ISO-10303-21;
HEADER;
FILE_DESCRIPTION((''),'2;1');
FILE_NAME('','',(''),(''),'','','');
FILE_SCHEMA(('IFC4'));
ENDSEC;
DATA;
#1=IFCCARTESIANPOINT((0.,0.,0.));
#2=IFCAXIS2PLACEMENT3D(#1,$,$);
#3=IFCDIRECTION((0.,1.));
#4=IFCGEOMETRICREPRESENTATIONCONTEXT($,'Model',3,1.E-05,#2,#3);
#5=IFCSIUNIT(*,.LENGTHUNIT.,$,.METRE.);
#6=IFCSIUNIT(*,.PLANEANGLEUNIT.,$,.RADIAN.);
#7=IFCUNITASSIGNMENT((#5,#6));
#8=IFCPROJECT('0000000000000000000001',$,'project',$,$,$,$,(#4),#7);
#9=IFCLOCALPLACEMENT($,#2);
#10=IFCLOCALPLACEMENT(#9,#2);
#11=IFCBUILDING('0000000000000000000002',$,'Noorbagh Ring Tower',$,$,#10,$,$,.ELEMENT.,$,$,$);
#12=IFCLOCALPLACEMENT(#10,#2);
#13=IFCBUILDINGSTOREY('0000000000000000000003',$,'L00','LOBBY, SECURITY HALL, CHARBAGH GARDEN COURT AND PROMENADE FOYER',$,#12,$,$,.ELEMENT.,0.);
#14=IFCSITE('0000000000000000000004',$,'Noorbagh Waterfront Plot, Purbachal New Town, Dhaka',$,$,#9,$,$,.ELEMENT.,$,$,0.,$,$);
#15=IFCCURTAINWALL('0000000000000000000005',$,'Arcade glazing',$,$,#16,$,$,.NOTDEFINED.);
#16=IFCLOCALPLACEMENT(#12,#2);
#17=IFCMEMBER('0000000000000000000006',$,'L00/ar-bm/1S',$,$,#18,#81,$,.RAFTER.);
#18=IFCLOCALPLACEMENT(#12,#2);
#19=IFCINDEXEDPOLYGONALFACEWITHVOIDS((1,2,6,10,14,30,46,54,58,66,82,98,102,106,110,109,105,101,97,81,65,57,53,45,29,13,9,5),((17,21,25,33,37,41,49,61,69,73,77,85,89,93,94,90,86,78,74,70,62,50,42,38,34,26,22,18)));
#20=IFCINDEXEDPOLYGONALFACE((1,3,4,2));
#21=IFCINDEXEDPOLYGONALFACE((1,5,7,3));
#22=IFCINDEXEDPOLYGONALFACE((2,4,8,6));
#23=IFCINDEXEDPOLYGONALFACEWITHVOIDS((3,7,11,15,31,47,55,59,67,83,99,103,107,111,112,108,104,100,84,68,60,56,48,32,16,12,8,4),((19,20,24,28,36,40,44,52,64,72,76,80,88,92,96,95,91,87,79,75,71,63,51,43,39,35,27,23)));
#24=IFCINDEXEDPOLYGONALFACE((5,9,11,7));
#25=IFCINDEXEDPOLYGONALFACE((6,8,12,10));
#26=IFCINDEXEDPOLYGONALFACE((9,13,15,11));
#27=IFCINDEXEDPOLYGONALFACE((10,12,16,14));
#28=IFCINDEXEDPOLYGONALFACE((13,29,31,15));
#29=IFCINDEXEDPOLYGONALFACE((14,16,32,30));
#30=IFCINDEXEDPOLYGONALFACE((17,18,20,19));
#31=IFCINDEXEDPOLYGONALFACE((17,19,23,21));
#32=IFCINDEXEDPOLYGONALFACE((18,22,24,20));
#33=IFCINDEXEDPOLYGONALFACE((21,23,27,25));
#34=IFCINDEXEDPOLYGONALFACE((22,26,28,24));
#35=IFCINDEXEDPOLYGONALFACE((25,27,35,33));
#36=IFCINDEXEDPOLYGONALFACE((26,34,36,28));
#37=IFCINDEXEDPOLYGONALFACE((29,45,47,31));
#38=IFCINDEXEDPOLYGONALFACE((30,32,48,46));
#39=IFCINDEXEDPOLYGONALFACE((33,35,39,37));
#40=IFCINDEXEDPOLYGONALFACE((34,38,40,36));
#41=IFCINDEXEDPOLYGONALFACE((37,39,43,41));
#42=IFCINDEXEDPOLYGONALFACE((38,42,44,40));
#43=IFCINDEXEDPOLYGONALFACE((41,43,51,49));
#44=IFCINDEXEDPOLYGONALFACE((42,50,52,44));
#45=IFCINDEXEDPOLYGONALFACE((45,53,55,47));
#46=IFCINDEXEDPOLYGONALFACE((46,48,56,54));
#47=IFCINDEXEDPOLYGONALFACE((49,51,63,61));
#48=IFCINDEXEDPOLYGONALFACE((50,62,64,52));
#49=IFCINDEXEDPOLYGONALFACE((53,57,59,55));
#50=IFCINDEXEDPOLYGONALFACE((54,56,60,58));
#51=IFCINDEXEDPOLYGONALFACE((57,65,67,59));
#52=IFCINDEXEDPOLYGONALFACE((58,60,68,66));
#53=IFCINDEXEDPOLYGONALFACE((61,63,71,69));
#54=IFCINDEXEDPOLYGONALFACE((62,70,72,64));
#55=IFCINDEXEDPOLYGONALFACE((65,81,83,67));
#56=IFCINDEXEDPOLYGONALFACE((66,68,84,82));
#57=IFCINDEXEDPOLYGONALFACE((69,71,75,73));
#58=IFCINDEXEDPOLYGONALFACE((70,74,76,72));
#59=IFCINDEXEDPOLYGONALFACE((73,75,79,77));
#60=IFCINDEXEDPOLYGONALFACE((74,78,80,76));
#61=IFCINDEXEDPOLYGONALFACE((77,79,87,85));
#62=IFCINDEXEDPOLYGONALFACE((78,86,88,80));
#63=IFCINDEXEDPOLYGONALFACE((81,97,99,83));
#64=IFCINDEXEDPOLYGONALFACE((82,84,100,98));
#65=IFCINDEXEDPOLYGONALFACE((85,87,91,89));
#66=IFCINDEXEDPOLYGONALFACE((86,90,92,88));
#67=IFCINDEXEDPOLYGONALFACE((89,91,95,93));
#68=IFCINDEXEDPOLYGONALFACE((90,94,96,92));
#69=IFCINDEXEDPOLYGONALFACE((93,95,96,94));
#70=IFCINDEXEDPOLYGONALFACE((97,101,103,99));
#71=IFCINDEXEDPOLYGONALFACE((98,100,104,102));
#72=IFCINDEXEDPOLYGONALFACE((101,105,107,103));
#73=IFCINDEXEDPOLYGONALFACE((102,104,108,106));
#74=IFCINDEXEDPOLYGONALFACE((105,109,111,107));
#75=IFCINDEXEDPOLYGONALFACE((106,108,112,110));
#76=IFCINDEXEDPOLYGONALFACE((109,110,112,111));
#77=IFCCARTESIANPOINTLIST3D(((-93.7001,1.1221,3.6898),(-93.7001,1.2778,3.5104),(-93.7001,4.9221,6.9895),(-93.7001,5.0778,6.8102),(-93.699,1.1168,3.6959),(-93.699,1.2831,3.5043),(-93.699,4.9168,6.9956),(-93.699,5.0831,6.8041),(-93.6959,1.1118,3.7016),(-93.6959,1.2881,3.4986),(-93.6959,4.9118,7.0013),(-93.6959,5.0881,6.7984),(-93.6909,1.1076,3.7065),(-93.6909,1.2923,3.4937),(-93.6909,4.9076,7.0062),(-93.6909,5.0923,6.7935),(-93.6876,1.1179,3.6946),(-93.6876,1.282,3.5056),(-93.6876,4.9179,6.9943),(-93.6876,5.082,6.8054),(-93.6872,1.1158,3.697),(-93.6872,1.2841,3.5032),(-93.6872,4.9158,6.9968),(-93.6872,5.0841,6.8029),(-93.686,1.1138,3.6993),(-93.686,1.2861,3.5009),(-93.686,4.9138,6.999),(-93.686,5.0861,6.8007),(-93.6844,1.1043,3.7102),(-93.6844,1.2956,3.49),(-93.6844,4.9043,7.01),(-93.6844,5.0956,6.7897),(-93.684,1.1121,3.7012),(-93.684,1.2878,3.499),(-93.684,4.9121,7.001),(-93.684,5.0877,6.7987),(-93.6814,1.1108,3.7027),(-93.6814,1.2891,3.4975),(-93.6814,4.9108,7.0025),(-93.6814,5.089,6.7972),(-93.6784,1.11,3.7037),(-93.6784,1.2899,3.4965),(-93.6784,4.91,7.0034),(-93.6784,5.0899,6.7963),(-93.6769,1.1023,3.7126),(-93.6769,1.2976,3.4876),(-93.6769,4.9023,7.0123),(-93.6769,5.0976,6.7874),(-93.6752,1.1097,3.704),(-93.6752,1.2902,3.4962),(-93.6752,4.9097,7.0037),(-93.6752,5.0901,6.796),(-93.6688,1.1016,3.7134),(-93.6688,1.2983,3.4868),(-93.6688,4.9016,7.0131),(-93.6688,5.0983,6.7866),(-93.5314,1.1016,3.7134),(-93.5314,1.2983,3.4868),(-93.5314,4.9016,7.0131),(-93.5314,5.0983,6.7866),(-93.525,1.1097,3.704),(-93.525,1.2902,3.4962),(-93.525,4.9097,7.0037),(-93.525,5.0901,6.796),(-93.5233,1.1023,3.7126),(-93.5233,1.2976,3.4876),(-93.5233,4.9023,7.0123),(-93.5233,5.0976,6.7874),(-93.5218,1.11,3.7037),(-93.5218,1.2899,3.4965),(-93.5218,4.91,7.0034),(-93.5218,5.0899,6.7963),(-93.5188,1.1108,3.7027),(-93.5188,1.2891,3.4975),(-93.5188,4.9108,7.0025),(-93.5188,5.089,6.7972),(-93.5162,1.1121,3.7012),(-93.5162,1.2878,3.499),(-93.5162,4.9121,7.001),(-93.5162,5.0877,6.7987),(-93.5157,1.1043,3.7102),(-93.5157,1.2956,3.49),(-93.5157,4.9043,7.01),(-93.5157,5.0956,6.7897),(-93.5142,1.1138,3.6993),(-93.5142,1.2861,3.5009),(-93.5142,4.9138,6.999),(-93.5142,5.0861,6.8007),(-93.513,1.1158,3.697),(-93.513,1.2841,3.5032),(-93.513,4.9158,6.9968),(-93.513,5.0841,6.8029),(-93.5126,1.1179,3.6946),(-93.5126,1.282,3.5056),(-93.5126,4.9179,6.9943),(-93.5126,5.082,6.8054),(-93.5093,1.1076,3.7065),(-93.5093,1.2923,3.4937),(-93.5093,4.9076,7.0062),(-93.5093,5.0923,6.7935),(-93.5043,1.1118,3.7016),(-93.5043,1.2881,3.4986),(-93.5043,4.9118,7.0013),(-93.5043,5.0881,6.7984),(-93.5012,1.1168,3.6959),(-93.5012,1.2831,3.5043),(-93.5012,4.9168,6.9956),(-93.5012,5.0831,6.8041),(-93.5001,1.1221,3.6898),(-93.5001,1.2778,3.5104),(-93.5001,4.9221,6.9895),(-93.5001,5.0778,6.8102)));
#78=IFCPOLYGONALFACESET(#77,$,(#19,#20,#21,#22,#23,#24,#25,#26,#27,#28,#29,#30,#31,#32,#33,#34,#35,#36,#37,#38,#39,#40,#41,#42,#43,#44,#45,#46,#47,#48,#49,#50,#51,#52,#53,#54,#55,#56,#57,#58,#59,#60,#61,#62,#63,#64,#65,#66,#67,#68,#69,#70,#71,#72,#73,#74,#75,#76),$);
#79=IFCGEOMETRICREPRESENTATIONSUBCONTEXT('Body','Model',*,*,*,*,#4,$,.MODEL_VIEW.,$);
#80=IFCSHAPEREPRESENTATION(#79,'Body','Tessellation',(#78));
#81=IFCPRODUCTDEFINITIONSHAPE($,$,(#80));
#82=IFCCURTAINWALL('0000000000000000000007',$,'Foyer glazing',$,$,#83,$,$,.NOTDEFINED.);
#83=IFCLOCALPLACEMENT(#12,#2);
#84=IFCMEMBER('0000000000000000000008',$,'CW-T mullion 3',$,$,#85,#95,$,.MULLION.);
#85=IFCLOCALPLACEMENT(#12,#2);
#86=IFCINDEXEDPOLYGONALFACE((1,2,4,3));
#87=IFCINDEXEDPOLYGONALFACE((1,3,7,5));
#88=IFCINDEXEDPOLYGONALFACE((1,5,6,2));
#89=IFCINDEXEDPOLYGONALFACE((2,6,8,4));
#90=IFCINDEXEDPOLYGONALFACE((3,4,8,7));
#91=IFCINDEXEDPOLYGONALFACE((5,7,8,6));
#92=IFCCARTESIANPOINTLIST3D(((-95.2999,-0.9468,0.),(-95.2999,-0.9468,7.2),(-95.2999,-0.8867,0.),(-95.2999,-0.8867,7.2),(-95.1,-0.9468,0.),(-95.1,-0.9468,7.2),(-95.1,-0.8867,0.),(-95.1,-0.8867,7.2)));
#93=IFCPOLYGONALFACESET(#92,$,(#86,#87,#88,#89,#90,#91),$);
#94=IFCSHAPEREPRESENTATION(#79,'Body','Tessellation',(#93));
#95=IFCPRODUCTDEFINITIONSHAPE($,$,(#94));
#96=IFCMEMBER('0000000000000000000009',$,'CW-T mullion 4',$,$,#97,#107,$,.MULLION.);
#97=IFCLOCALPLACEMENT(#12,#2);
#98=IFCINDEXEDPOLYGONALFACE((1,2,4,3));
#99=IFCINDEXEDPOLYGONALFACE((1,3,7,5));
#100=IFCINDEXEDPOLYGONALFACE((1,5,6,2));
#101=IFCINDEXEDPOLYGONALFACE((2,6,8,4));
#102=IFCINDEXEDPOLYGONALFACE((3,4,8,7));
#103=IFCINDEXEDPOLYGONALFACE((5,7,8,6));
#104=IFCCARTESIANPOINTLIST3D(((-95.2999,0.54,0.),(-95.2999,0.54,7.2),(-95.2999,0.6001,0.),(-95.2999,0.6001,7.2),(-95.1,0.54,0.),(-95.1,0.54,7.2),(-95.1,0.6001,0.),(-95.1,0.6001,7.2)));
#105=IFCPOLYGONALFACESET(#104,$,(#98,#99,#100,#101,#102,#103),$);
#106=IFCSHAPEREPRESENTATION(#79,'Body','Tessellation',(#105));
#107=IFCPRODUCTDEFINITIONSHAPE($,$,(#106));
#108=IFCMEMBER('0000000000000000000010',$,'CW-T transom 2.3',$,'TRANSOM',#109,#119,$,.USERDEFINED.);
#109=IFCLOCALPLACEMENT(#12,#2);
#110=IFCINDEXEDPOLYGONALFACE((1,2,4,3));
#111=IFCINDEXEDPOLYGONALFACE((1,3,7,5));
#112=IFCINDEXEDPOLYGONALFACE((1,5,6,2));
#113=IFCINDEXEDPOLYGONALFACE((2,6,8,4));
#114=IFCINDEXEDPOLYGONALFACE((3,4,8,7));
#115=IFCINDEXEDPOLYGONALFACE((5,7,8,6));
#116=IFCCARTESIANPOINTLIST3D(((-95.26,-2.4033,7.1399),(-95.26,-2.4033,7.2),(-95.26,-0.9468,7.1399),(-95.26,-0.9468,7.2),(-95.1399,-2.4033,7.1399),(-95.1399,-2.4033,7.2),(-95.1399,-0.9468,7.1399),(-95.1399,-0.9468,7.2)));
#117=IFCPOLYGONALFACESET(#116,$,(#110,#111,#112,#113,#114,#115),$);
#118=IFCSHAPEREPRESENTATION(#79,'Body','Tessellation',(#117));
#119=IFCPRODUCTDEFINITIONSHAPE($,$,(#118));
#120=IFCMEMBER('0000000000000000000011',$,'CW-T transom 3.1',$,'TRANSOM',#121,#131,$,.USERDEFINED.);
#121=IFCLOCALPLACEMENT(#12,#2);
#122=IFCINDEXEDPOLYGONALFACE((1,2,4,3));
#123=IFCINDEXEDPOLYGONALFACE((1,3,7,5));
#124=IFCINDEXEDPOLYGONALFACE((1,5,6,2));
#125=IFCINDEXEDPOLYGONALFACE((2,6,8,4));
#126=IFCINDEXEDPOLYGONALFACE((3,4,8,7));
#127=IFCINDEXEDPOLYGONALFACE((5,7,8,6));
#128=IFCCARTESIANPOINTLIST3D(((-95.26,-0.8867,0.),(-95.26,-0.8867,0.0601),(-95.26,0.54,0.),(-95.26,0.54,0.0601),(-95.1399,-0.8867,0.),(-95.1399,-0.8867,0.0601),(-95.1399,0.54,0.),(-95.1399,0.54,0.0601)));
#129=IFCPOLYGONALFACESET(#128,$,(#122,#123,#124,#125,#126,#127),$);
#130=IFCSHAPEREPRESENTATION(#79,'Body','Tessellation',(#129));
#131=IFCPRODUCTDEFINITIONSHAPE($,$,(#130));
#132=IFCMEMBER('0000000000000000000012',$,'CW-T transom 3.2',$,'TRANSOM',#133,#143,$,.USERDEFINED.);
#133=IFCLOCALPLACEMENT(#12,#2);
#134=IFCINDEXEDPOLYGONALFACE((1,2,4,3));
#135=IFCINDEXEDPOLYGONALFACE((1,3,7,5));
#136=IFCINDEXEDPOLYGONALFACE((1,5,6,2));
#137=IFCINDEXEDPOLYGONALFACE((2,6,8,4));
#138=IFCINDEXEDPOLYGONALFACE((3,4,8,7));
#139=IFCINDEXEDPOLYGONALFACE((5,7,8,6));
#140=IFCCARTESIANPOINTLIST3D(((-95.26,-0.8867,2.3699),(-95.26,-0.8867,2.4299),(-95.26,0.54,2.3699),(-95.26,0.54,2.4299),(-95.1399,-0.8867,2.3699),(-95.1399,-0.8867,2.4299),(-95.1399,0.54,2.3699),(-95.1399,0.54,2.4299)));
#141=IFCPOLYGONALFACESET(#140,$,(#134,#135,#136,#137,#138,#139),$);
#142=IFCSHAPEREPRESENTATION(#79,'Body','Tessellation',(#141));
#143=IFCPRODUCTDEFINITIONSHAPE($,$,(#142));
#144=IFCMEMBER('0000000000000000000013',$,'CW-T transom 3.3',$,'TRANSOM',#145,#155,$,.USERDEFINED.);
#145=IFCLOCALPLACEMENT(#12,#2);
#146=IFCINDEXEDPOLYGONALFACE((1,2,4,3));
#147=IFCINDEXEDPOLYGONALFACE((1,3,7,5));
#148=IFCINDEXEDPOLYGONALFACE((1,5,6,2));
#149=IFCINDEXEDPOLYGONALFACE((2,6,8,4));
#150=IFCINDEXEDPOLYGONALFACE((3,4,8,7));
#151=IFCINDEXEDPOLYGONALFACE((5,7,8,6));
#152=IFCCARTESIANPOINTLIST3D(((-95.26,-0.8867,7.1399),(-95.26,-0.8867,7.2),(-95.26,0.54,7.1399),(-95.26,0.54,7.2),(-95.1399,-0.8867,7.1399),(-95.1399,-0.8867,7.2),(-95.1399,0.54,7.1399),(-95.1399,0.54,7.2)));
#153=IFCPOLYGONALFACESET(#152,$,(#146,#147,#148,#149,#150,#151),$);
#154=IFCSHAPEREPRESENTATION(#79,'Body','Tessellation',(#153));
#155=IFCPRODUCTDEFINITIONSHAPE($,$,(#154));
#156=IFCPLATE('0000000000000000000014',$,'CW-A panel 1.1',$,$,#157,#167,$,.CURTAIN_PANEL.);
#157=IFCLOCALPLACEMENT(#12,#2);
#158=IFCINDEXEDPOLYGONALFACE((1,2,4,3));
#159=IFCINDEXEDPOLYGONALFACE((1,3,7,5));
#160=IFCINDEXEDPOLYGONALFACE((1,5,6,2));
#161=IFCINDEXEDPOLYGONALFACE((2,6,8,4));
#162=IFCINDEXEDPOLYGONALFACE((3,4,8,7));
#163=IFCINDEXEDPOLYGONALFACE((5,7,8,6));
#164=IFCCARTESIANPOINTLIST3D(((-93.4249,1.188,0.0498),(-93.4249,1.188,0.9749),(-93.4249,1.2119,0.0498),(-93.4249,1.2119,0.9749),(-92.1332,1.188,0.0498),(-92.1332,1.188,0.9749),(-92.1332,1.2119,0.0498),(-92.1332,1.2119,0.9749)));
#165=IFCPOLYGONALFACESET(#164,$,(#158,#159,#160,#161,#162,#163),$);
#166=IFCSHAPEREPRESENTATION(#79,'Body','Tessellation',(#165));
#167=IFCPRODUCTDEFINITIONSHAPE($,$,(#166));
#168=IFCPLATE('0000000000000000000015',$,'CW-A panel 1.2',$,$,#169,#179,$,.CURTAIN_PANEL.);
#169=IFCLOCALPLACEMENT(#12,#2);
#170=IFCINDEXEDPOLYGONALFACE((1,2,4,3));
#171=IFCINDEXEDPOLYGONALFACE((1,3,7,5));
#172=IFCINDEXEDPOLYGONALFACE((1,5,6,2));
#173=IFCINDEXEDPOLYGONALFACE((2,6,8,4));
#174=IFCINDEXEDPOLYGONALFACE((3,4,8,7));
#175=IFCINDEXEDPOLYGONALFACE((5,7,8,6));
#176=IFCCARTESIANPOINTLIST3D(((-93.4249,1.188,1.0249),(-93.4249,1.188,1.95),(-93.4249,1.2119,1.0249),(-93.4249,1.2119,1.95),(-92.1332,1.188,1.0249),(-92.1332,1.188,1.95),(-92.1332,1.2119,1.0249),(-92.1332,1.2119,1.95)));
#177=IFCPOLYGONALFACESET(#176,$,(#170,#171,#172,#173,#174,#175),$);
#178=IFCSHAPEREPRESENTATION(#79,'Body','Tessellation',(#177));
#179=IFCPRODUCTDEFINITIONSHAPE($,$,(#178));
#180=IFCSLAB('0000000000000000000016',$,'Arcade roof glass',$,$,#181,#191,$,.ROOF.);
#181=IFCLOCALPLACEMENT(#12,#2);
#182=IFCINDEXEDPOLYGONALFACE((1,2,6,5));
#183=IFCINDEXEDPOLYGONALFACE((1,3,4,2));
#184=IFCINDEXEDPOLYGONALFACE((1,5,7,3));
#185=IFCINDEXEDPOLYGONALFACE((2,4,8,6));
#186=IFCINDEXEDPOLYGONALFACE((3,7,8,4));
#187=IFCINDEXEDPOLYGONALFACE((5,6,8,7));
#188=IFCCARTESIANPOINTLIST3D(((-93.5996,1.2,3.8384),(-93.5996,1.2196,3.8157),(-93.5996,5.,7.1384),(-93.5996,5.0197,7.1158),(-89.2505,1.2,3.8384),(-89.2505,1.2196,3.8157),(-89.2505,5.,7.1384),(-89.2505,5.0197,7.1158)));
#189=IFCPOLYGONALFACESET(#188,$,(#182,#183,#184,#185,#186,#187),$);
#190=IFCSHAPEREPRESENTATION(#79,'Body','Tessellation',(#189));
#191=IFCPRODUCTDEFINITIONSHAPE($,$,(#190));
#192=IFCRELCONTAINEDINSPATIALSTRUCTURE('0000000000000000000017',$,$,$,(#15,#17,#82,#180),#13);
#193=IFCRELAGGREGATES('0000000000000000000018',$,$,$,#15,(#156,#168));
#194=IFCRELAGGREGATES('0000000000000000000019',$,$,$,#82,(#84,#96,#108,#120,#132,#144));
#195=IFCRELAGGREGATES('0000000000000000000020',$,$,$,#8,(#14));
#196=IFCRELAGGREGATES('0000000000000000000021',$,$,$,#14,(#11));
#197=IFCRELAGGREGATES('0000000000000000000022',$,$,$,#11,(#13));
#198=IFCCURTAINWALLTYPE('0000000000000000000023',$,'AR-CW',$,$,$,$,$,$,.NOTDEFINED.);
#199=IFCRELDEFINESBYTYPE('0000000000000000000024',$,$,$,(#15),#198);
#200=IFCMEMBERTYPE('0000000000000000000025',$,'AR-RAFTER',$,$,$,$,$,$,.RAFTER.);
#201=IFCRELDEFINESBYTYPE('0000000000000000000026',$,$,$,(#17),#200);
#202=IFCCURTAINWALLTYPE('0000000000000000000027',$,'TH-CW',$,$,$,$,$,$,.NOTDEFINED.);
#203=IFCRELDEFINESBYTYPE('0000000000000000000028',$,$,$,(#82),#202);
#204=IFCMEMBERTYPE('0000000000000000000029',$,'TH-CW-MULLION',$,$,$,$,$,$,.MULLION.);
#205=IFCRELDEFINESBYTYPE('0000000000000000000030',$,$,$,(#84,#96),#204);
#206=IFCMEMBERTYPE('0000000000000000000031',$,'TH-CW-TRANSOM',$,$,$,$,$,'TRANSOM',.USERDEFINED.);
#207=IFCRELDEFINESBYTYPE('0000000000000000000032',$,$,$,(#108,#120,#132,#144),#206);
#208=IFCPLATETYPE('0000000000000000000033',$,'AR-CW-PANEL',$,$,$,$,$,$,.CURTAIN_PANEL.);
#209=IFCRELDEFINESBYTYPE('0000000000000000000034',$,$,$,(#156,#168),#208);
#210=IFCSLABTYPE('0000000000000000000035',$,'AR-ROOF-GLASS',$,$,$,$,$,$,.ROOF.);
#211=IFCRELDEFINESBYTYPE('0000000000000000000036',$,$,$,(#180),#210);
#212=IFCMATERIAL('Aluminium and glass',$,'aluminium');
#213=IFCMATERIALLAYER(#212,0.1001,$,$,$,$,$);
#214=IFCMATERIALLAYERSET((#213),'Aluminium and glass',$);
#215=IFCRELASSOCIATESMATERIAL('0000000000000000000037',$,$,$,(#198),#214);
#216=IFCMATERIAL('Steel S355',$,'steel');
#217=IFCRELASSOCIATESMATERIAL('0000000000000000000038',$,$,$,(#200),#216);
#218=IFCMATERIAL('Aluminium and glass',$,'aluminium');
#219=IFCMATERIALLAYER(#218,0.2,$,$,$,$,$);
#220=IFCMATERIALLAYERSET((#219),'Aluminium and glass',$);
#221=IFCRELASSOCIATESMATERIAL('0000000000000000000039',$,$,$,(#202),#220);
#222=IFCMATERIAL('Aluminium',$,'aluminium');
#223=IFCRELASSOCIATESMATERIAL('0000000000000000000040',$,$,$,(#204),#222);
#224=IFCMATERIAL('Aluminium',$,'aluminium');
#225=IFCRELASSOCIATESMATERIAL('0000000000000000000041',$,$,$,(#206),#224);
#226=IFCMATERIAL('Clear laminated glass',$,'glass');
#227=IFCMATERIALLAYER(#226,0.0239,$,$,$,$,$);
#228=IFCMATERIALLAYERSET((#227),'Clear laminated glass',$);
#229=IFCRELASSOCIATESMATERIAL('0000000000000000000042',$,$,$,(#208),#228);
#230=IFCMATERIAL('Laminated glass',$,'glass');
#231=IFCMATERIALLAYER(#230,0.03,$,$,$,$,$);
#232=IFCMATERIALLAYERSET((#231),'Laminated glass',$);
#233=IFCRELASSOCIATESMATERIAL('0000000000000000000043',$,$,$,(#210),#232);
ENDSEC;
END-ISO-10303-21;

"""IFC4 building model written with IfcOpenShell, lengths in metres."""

from ifc_helpers import new_model, si_unit, direction, frame, origin, origin_2d, place, context, subcontext, project, spatial, polyline, rectangle, hollow_rectangle, outline, extrude, material, layer, layer_set, material_profile, profile_set, type_object, element, aggregate, save


model = new_model("IFC4")

# Units and contexts
model_context = context("Model", 3, precision=1e-05, world=origin(), true_north=direction((0.0, 1.0)))
body_context = subcontext(model_context, "Body", "Model", "MODEL_VIEW")
ifc_project = project(units=[si_unit("LENGTHUNIT", "METRE"), si_unit("PLANEANGLEUNIT", "RADIAN")], contexts=[model_context])

# Site, building, storey
site_placement = place(None, origin())
site = spatial("IfcSite", under=ifc_project, at=site_placement, Name="Noorbagh Waterfront Plot, Purbachal New Town, Dhaka", CompositionType="ELEMENT", RefElevation=0.0)
building_placement = place(site_placement, origin())
building = spatial("IfcBuilding", under=site, at=building_placement, Name="Noorbagh Ring Tower", CompositionType="ELEMENT")
storey_placement = place(building_placement, origin())
storey = spatial("IfcBuildingStorey", under=building, at=storey_placement, Name="L00", Description="LOBBY, SECURITY HALL, CHARBAGH GARDEN COURT AND PROMENADE FOYER", CompositionType="ELEMENT", Elevation=0.0)

# Curtain wall
ifc_material_1 = material(Name="Aluminium and glass", Category="aluminium")
ifc_layer_1 = layer(ifc_material_1, 0.1001)
ifc_layer_set_1 = layer_set([ifc_layer_1], Name="Aluminium and glass")
curtain_wall_type_1 = type_object("IfcCurtainWallType", Name="AR-CW", PredefinedType="NOTDEFINED", material=ifc_layer_set_1)
curtain_wall_1_placement = place(storey_placement, origin())
curtain_wall_1 = element("IfcCurtainWall", 1, at=curtain_wall_1_placement, inside=storey, type_object=curtain_wall_type_1, Name="Arcade glazing", PredefinedType="NOTDEFINED")

# Member
ifc_material_2 = material(Name="Steel S355", Category="steel")
ifc_material_profile_1 = material_profile(ifc_material_2, hollow_rectangle(XDim=0.2, YDim=0.3, WallThickness=0.0125, InnerFilletRadius=0.0125, OuterFilletRadius=0.0312, at=origin_2d()), Name="RHS300x200x12.5")
ifc_profile_set_1 = profile_set([ifc_material_profile_1], Name="Steel S355")
member_type_1 = type_object("IfcMemberType", Name="AR-RAFTER", PredefinedType="RAFTER", material=ifc_profile_set_1)
member_1_placement = place(storey_placement, frame((-93.6001, 1.2, 3.6001), z_axis=(0.0, 0.755057, 0.65566), x_axis=(-1.0, 0.0, 0.0)))
element("IfcMember", 2, at=member_1_placement, inside=storey, type_object=member_type_1, Name="L00/ar-bm/1S", PredefinedType="RAFTER", context=body_context, shape_type="SweptSolid", body=[
    extrude(hollow_rectangle(XDim=0.2, YDim=0.3, WallThickness=0.0125, InnerFilletRadius=0.0125, OuterFilletRadius=0.0312, at=origin_2d()), origin(), (0.0, 0.0, 1.0), 5.0327),
])

# Curtain wall, members
ifc_material_3 = material(Name="Aluminium and glass", Category="aluminium")
ifc_layer_2 = layer(ifc_material_3, 0.2)
ifc_layer_set_2 = layer_set([ifc_layer_2], Name="Aluminium and glass")
curtain_wall_type_2 = type_object("IfcCurtainWallType", Name="TH-CW", PredefinedType="NOTDEFINED", material=ifc_layer_set_2)
curtain_wall_2_placement = place(storey_placement, origin())
curtain_wall_2 = element("IfcCurtainWall", 3, at=curtain_wall_2_placement, inside=storey, type_object=curtain_wall_type_2, Name="Foyer glazing", PredefinedType="NOTDEFINED")
ifc_material_4 = material(Name="Aluminium", Category="aluminium")
ifc_material_profile_2 = material_profile(ifc_material_4, rectangle(XDim=0.2, YDim=0.0601, at=origin_2d()), Name="AL 200x60")
ifc_profile_set_2 = profile_set([ifc_material_profile_2], Name="Aluminium")
member_type_2 = type_object("IfcMemberType", Name="TH-CW-MULLION", PredefinedType="MULLION", material=ifc_profile_set_2)
member_2_placement = place(storey_placement, frame((-95.2, -0.9167, 0.0), z_axis=(0.0, 0.0, 1.0), x_axis=(-1.0, 0.0, 0.0)))
member_2 = element("IfcMember", 4, at=member_2_placement, type_object=member_type_2, Name="CW-T mullion 3", PredefinedType="MULLION", context=body_context, shape_type="SweptSolid", body=[
    extrude(rectangle(XDim=0.2, YDim=0.0601, at=origin_2d()), origin(), (0.0, 0.0, 1.0), 7.2),
])
member_3_placement = place(storey_placement, frame((-95.2, 0.5701, 0.0), z_axis=(0.0, 0.0, 1.0), x_axis=(-1.0, 0.0, 0.0)))
member_3 = element("IfcMember", 5, at=member_3_placement, type_object=member_type_2, Name="CW-T mullion 4", PredefinedType="MULLION", context=body_context, shape_type="SweptSolid", body=[
    extrude(rectangle(XDim=0.2, YDim=0.0601, at=origin_2d()), origin(), (0.0, 0.0, 1.0), 7.2),
])
ifc_material_5 = material(Name="Aluminium", Category="aluminium")
ifc_material_profile_3 = material_profile(ifc_material_5, rectangle(XDim=0.1201, YDim=0.0601, at=origin_2d()), Name="AL 120x60")
ifc_profile_set_3 = profile_set([ifc_material_profile_3], Name="Aluminium")
member_type_3 = type_object("IfcMemberType", Name="TH-CW-TRANSOM", ElementType="TRANSOM", PredefinedType="USERDEFINED", material=ifc_profile_set_3)
member_4_placement = place(storey_placement, frame((-95.2, -2.4033, 7.1699), z_axis=(0.0, 1.0, 0.0), x_axis=(-1.0, 0.0, 0.0)))
member_4 = element("IfcMember", 6, at=member_4_placement, type_object=member_type_3, Name="CW-T transom 2.3", ObjectType="TRANSOM", PredefinedType="USERDEFINED", context=body_context, shape_type="SweptSolid", body=[
    extrude(rectangle(XDim=0.1201, YDim=0.0601, at=origin_2d()), origin(), (0.0, 0.0, 1.0), 1.4565),
])
member_5_placement = place(storey_placement, frame((-95.2, -0.8867, 0.03), z_axis=(0.0, 1.0, 0.0), x_axis=(-1.0, 0.0, 0.0)))
member_5 = element("IfcMember", 7, at=member_5_placement, type_object=member_type_3, Name="CW-T transom 3.1", ObjectType="TRANSOM", PredefinedType="USERDEFINED", context=body_context, shape_type="SweptSolid", body=[
    extrude(rectangle(XDim=0.1201, YDim=0.0601, at=origin_2d()), origin(), (0.0, 0.0, 1.0), 1.4268),
])
member_6_placement = place(storey_placement, frame((-95.2, -0.8867, 2.3999), z_axis=(0.0, 1.0, 0.0), x_axis=(-1.0, 0.0, 0.0)))
member_6 = element("IfcMember", 8, at=member_6_placement, type_object=member_type_3, Name="CW-T transom 3.2", ObjectType="TRANSOM", PredefinedType="USERDEFINED", context=body_context, shape_type="SweptSolid", body=[
    extrude(rectangle(XDim=0.1201, YDim=0.0601, at=origin_2d()), origin(), (0.0, 0.0, 1.0), 1.4268),
])
member_7_placement = place(storey_placement, frame((-95.2, -0.8867, 7.1699), z_axis=(0.0, 1.0, 0.0), x_axis=(-1.0, 0.0, 0.0)))
member_7 = element("IfcMember", 9, at=member_7_placement, type_object=member_type_3, Name="CW-T transom 3.3", ObjectType="TRANSOM", PredefinedType="USERDEFINED", context=body_context, shape_type="SweptSolid", body=[
    extrude(rectangle(XDim=0.1201, YDim=0.0601, at=origin_2d()), origin(), (0.0, 0.0, 1.0), 1.4268),
])

# Plates
ifc_material_6 = material(Name="Clear laminated glass", Category="glass")
ifc_layer_3 = layer(ifc_material_6, 0.0239)
ifc_layer_set_3 = layer_set([ifc_layer_3], Name="Clear laminated glass")
plate_type_1 = type_object("IfcPlateType", Name="AR-CW-PANEL", PredefinedType="CURTAIN_PANEL", material=ifc_layer_set_3)
plate_1_placement = place(storey_placement, frame((-92.7791, 1.2, 0.0498), z_axis=(0.0, 0.0, 1.0), x_axis=(1.0, 0.0, 0.0)))
plate_1 = element("IfcPlate", 10, at=plate_1_placement, type_object=plate_type_1, Name="CW-A panel 1.1", PredefinedType="CURTAIN_PANEL", context=body_context, shape_type="SweptSolid", body=[
    extrude(rectangle(XDim=1.2917, YDim=0.0239, at=origin_2d()), origin(), (0.0, 0.0, 1.0), 0.925),
])
plate_2_placement = place(storey_placement, frame((-92.7791, 1.2, 1.0249), z_axis=(0.0, 0.0, 1.0), x_axis=(1.0, 0.0, 0.0)))
plate_2 = element("IfcPlate", 11, at=plate_2_placement, type_object=plate_type_1, Name="CW-A panel 1.2", PredefinedType="CURTAIN_PANEL", context=body_context, shape_type="SweptSolid", body=[
    extrude(rectangle(XDim=1.2917, YDim=0.0239, at=origin_2d()), origin(), (0.0, 0.0, 1.0), 0.925),
])
aggregate(curtain_wall_1, [plate_1, plate_2])

# Slab
ifc_material_7 = material(Name="Laminated glass", Category="glass")
ifc_layer_4 = layer(ifc_material_7, 0.03)
ifc_layer_set_4 = layer_set([ifc_layer_4], Name="Laminated glass")
slab_type = type_object("IfcSlabType", Name="AR-ROOF-GLASS", PredefinedType="ROOF", material=ifc_layer_set_4)
slab_placement = place(storey_placement, frame((-93.5996, 1.2, 3.8384), z_axis=(0.0, -0.655687, 0.755032), x_axis=(1.0, 0.0, 0.0)))
element("IfcSlab", 12, at=slab_placement, inside=storey, type_object=slab_type, Name="Arcade roof glass", PredefinedType="ROOF", context=body_context, shape_type="SweptSolid", body=[
    extrude(outline(polyline([(0.0, 0.0), (4.3491, 0.0), (4.3491, 5.033), (0.0, 5.033), (0.0, 0.0)])), origin(), (0.0, 0.0, -1.0), 0.03),
])

aggregate(curtain_wall_2, [member_2, member_3, member_4, member_5, member_6, member_7])

save(model, "model.ifc")
